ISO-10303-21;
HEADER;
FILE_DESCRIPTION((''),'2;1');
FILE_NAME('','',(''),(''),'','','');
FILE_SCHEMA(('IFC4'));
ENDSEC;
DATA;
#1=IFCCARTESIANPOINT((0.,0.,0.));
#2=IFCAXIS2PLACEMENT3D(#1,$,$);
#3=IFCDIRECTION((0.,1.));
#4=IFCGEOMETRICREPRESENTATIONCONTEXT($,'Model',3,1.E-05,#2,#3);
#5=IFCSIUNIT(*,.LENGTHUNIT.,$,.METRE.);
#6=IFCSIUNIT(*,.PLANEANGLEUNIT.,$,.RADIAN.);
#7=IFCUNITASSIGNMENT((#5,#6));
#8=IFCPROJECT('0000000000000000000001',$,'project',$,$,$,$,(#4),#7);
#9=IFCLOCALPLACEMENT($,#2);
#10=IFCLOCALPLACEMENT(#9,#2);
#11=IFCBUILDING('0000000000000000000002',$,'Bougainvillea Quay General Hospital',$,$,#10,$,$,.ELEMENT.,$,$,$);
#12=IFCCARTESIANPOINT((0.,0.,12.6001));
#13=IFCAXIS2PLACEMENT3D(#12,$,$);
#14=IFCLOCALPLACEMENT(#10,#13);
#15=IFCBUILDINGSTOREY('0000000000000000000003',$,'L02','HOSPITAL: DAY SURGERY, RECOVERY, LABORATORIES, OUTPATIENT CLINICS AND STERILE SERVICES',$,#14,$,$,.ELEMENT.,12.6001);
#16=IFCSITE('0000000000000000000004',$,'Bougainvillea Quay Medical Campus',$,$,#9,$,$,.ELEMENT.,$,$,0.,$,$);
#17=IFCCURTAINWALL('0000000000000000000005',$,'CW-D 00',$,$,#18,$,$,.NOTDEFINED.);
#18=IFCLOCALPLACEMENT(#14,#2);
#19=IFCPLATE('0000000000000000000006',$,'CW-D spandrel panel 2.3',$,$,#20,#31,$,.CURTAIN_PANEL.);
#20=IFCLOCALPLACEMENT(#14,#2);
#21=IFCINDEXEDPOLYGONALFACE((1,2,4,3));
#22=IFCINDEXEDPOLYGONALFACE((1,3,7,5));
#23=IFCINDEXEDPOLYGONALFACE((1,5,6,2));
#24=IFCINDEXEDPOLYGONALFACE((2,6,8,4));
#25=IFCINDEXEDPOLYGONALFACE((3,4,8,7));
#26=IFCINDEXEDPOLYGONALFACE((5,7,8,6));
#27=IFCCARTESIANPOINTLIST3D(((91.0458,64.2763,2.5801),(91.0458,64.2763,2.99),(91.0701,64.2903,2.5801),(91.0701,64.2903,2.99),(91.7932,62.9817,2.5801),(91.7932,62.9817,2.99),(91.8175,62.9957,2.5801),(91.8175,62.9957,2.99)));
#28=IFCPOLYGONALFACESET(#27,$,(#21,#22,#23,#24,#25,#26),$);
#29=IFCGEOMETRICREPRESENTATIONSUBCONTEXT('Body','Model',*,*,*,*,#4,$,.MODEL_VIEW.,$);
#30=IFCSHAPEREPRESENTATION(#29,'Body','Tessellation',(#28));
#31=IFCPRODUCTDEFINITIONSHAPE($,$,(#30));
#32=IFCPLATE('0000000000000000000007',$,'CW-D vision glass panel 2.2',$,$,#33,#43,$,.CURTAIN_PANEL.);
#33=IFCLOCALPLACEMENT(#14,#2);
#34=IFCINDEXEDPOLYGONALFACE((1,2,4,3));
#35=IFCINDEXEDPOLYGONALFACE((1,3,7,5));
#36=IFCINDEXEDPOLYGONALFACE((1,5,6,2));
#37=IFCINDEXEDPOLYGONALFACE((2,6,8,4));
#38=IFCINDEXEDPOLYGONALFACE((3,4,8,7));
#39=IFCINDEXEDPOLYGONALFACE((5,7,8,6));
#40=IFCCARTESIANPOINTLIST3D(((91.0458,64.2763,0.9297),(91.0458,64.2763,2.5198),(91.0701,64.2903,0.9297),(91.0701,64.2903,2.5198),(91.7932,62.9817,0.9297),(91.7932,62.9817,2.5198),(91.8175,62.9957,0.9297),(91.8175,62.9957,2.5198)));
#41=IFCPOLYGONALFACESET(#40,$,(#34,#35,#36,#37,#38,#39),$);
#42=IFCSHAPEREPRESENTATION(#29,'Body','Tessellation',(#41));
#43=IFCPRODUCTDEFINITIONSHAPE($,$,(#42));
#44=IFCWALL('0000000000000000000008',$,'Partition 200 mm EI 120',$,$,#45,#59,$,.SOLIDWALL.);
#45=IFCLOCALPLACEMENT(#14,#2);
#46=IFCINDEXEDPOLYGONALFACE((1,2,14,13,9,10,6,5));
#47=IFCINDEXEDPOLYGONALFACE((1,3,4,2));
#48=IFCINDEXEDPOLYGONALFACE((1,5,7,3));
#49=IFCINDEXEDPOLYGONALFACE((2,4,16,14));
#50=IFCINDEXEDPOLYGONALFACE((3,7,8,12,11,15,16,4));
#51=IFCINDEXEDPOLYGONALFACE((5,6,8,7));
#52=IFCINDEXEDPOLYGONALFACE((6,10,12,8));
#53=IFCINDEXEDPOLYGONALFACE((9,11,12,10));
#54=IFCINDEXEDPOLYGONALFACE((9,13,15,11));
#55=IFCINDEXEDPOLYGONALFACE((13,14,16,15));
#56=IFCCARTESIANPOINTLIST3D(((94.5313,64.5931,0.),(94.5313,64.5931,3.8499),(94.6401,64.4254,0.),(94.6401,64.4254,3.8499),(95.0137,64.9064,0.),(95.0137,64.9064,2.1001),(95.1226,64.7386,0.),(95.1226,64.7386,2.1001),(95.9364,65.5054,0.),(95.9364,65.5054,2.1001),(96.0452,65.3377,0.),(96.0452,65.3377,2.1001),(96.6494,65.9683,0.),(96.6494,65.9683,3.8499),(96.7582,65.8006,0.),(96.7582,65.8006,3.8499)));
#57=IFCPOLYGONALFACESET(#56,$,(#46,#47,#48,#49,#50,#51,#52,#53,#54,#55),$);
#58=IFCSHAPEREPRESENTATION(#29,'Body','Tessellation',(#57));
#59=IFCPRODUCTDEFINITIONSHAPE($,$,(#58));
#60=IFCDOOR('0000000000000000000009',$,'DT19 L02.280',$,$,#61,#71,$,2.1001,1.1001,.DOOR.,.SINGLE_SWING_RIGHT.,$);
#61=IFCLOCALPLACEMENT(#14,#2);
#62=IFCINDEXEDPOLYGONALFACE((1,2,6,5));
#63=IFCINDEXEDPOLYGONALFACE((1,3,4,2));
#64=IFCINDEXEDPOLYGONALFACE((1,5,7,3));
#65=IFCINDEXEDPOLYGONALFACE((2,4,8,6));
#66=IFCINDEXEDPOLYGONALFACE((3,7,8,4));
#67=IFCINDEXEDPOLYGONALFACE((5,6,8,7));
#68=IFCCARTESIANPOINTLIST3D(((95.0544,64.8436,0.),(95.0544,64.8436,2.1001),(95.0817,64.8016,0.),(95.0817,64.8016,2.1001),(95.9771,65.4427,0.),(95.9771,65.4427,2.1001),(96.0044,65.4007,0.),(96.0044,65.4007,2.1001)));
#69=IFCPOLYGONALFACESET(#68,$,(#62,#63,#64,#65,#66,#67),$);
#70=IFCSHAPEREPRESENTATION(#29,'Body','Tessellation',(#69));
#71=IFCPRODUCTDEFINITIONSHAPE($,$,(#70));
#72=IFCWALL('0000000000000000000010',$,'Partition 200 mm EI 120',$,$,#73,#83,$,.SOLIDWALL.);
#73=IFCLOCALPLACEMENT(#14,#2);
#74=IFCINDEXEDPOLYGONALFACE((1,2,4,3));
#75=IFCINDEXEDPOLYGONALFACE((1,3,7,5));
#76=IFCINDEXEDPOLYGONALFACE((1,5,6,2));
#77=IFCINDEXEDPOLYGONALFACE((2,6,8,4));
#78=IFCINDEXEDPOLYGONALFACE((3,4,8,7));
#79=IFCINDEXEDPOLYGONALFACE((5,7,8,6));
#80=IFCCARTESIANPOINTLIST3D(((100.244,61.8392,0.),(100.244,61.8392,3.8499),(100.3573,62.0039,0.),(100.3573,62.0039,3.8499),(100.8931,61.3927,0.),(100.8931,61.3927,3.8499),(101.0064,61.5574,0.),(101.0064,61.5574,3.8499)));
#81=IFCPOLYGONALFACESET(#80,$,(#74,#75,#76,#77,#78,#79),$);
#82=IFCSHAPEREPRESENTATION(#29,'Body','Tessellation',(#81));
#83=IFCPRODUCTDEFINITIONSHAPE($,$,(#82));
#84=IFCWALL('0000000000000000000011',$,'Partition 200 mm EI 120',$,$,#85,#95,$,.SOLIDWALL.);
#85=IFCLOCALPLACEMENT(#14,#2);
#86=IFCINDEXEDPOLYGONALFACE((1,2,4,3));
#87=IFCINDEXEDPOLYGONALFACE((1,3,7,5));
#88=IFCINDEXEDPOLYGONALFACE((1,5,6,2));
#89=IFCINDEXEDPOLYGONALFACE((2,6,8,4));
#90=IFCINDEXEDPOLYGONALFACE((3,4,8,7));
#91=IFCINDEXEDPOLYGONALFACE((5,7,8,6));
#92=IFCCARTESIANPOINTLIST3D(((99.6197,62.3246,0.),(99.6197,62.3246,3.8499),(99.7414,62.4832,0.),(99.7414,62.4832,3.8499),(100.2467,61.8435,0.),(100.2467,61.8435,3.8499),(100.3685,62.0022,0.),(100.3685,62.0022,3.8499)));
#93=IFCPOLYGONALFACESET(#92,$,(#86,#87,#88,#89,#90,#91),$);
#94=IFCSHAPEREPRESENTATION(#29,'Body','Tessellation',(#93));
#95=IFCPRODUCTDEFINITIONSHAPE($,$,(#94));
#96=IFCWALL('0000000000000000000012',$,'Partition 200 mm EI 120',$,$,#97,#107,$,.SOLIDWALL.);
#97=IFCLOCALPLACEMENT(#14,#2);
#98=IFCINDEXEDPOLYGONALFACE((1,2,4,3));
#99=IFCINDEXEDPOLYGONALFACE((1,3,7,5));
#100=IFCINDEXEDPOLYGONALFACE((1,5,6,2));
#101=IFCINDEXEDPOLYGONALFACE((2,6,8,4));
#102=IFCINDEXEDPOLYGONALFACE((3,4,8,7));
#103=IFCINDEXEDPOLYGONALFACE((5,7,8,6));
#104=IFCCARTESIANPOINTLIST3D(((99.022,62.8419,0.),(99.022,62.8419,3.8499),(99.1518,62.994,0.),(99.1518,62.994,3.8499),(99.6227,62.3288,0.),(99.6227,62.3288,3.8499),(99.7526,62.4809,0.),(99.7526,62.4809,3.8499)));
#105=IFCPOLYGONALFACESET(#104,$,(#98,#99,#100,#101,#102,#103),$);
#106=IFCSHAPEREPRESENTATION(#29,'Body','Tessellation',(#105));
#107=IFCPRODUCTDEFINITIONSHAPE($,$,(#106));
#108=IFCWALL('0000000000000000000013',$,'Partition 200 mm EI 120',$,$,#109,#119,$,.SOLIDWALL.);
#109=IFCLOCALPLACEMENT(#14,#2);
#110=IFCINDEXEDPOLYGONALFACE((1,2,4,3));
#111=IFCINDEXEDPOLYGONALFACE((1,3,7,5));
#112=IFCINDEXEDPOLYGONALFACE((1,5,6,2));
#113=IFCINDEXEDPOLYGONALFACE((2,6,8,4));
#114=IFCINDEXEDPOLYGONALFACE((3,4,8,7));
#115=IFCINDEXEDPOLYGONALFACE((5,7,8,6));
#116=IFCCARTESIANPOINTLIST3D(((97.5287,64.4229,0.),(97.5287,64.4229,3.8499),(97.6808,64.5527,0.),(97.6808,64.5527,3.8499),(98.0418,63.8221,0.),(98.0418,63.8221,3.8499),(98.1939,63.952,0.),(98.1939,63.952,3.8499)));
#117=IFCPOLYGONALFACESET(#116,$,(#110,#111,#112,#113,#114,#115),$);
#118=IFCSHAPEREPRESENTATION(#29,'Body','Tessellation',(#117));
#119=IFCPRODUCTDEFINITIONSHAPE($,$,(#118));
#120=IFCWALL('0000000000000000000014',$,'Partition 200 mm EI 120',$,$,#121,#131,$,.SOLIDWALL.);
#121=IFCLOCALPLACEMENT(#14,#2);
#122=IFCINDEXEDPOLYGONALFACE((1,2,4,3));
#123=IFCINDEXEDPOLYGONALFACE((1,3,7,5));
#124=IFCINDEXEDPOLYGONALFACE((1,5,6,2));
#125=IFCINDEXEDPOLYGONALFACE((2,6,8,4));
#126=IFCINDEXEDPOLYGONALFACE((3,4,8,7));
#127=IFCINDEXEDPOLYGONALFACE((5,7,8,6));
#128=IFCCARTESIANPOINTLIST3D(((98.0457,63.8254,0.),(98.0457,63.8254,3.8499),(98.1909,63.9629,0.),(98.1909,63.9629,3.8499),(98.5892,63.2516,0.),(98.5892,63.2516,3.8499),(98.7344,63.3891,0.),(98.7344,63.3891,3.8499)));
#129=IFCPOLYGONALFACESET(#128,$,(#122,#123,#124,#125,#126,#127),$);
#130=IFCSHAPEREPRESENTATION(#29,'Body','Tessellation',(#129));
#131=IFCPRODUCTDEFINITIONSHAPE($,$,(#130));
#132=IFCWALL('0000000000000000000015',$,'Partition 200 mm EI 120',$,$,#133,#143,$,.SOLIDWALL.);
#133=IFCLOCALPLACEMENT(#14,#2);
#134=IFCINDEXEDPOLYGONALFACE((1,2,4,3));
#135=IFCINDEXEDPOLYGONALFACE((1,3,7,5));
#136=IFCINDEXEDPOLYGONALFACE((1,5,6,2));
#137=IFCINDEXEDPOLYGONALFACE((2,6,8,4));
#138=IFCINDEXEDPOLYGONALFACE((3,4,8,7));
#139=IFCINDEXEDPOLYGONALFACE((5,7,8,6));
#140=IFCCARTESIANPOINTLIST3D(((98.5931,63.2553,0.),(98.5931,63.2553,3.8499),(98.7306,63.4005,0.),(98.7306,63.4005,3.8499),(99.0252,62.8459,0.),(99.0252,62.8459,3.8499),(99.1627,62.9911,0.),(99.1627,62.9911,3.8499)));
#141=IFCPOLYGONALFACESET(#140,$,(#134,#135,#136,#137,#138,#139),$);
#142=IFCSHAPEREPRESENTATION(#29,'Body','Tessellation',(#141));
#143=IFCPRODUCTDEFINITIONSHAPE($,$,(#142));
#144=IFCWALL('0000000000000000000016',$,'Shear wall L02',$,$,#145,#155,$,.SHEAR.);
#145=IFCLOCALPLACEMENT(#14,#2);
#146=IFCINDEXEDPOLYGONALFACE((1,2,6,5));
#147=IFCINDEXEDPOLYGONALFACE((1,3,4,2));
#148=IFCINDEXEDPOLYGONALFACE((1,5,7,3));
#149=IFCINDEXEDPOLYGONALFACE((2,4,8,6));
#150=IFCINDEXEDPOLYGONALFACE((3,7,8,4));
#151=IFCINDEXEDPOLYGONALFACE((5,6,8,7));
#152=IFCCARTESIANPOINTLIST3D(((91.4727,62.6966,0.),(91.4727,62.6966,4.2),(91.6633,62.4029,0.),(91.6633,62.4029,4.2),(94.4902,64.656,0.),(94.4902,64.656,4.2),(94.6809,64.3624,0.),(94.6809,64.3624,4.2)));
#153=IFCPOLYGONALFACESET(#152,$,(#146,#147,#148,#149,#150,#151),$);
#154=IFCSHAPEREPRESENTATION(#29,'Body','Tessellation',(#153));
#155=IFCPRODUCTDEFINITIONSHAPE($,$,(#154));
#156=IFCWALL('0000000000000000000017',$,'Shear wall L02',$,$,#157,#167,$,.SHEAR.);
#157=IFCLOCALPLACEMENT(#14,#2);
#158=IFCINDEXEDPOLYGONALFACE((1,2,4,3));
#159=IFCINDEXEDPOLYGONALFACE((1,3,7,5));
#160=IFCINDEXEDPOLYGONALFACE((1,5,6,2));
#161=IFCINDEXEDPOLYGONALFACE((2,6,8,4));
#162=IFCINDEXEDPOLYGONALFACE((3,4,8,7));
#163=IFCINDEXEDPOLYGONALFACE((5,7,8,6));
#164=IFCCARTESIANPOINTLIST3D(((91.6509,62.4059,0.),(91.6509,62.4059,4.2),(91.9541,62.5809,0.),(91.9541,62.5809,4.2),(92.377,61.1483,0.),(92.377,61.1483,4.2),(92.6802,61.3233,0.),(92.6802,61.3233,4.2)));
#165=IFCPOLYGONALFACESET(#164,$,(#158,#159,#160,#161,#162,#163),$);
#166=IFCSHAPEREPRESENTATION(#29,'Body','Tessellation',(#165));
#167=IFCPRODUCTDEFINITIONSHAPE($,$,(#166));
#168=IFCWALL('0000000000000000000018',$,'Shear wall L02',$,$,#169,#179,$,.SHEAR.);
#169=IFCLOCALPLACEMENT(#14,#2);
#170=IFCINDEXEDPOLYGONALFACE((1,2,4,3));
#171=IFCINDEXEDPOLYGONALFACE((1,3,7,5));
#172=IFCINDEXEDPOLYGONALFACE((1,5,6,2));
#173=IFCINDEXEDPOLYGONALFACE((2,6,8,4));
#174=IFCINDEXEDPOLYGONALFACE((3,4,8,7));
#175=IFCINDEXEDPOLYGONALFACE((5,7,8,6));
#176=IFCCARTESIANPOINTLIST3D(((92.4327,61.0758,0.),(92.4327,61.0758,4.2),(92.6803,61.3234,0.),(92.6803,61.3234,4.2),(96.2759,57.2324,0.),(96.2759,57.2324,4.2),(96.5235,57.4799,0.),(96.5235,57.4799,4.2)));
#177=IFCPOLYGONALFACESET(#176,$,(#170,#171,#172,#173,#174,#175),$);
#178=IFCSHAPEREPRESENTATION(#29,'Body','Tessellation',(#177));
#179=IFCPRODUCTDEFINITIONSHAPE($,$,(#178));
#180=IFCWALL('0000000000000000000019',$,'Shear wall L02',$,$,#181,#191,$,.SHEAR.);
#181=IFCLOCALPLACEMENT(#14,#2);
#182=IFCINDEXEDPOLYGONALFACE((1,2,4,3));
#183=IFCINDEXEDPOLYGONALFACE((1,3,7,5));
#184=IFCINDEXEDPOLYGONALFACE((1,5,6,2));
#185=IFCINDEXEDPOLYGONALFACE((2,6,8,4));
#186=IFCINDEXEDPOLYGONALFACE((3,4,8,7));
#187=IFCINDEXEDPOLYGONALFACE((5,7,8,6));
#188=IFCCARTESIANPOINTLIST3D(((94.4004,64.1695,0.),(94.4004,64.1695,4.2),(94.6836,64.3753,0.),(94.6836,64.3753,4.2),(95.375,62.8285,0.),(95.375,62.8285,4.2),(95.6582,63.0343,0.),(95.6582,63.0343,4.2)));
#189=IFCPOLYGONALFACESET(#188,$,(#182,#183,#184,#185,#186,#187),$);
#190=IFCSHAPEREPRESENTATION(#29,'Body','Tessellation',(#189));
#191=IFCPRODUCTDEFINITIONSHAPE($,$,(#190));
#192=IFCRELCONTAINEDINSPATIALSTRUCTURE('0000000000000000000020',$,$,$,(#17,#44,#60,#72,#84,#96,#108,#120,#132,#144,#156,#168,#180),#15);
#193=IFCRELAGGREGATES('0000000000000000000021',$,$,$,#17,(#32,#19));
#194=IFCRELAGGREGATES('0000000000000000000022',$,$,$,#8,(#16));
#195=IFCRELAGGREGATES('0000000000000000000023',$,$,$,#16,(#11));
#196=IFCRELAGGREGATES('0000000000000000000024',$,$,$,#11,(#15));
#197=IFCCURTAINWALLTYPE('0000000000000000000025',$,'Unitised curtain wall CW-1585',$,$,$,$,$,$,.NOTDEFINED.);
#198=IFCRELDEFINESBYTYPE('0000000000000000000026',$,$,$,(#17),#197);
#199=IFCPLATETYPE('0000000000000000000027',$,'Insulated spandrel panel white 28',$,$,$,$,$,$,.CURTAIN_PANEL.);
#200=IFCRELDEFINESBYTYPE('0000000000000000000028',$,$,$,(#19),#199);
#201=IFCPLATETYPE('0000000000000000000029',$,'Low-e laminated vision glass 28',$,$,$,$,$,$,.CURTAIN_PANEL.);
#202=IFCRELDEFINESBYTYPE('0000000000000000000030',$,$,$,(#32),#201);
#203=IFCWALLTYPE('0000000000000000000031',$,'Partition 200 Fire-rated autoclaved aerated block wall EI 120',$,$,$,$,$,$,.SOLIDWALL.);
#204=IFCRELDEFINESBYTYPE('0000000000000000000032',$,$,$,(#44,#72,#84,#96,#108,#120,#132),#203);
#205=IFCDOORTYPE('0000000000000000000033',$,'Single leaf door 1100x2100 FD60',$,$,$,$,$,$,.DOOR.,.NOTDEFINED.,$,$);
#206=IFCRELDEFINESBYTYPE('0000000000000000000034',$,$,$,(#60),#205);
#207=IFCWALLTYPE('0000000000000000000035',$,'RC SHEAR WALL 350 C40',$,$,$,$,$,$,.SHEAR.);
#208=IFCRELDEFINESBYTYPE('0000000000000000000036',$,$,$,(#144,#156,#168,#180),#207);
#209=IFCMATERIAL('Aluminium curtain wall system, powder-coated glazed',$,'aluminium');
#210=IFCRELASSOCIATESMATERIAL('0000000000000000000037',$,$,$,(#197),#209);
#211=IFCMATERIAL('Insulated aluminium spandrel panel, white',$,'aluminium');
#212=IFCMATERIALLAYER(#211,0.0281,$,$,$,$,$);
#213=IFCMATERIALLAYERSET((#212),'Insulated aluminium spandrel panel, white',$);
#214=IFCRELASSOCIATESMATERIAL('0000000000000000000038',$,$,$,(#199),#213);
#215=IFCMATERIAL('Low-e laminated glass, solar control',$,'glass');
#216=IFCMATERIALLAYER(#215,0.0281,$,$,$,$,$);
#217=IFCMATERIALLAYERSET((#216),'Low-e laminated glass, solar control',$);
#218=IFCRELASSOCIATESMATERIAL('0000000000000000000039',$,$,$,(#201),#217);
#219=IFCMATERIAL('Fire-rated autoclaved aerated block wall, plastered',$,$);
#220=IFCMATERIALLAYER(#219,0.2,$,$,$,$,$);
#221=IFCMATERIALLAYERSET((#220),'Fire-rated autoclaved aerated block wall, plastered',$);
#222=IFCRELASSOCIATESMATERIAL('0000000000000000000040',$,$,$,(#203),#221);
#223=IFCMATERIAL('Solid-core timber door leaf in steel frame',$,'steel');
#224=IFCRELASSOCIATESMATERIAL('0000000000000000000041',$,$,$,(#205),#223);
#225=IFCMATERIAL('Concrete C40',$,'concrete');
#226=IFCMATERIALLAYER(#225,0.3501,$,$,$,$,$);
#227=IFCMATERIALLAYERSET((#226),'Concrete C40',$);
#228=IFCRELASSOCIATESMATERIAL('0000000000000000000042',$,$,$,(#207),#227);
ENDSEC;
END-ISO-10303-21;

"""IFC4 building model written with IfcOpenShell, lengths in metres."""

from ifc_helpers import new_model, si_unit, direction, frame, frame_2d, origin, origin_2d, place, context, subcontext, project, spatial, rectangle, extrude, material, layer, layer_set, type_object, element, fill, aggregate, save


model = new_model("IFC4")

# Units and contexts
model_context = context("Model", 3, precision=1e-05, world=origin(), true_north=direction((0.0, 1.0)))
body_context = subcontext(model_context, "Body", "Model", "MODEL_VIEW")
ifc_project = project(units=[si_unit("LENGTHUNIT", "METRE"), si_unit("PLANEANGLEUNIT", "RADIAN")], contexts=[model_context])

# Site, building, storey
site_placement = place(None, origin())
site = spatial("IfcSite", under=ifc_project, at=site_placement, Name="Bougainvillea Quay Medical Campus", CompositionType="ELEMENT", RefElevation=0.0)
building_placement = place(site_placement, origin())
building = spatial("IfcBuilding", under=site, at=building_placement, Name="Bougainvillea Quay General Hospital", CompositionType="ELEMENT")
storey_placement = place(building_placement, frame((0.0, 0.0, 12.6001)))
storey = spatial("IfcBuildingStorey", under=building, at=storey_placement, Name="L02", Description="HOSPITAL: DAY SURGERY, RECOVERY, LABORATORIES, OUTPATIENT CLINICS AND STERILE SERVICES", CompositionType="ELEMENT", Elevation=12.6001)

# Shared definitions
ifc_material_1 = material(Name="Concrete C40", Category="concrete")

# Curtain wall, plates
ifc_material_2 = material(Name="Aluminium curtain wall system, powder-coated glazed", Category="aluminium")
curtain_wall_type = type_object("IfcCurtainWallType", Name="Unitised curtain wall CW-1585", PredefinedType="NOTDEFINED", material=ifc_material_2)
curtain_wall_placement = place(storey_placement, origin())
curtain_wall = element("IfcCurtainWall", 1, at=curtain_wall_placement, inside=storey, type_object=curtain_wall_type, Name="CW-D 00", PredefinedType="NOTDEFINED")
ifc_material_3 = material(Name="Insulated aluminium spandrel panel, white", Category="aluminium")
ifc_layer_1 = layer(ifc_material_3, 0.0281)
ifc_layer_set_1 = layer_set([ifc_layer_1], Name="Insulated aluminium spandrel panel, white")
plate_type_1 = type_object("IfcPlateType", Name="Insulated spandrel panel white 28", PredefinedType="CURTAIN_PANEL", material=ifc_layer_set_1)
plate_1_placement = place(storey_placement, frame((91.4316, 63.636, 2.5801), z_axis=(0.0, 0.0, 1.0), x_axis=(0.499965, -0.866046, 0.0)))
plate_1 = element("IfcPlate", 2, at=plate_1_placement, type_object=plate_type_1, Name="CW-D spandrel panel 2.3", PredefinedType="CURTAIN_PANEL", context=body_context, shape_type="SweptSolid", body=[
    extrude(rectangle(XDim=1.4949, YDim=0.0281, at=origin_2d()), origin(), (0.0, 0.0, 1.0), 0.4099),
])
ifc_material_4 = material(Name="Low-e laminated glass, solar control", Category="glass")
ifc_layer_2 = layer(ifc_material_4, 0.0281)
ifc_layer_set_2 = layer_set([ifc_layer_2], Name="Low-e laminated glass, solar control")
plate_type_2 = type_object("IfcPlateType", Name="Low-e laminated vision glass 28", PredefinedType="CURTAIN_PANEL", material=ifc_layer_set_2)
plate_2_placement = place(storey_placement, frame((91.4316, 63.636, 0.9297), z_axis=(0.0, 0.0, 1.0), x_axis=(0.499965, -0.866046, 0.0)))
plate_2 = element("IfcPlate", 3, at=plate_2_placement, type_object=plate_type_2, Name="CW-D vision glass panel 2.2", PredefinedType="CURTAIN_PANEL", context=body_context, shape_type="SweptSolid", body=[
    extrude(rectangle(XDim=1.4949, YDim=0.0281, at=origin_2d()), origin(), (0.0, 0.0, 1.0), 1.5901),
])
aggregate(curtain_wall, [plate_2, plate_1])

# Wall, opening, door
ifc_material_5 = material(Name="Fire-rated autoclaved aerated block wall, plastered")
ifc_layer_3 = layer(ifc_material_5, 0.2)
ifc_layer_set_3 = layer_set([ifc_layer_3], Name="Fire-rated autoclaved aerated block wall, plastered")
wall_type_1 = type_object("IfcWallType", Name="Partition 200 Fire-rated autoclaved aerated block wall EI 120", PredefinedType="SOLIDWALL", material=ifc_layer_set_3)
wall_1_placement = place(storey_placement, frame((94.5857, 64.5093, 0.0), z_axis=(0.0, 0.0, 1.0), x_axis=(0.838726, 0.544553, 0.0)))
wall_1 = element("IfcWall", 4, at=wall_1_placement, inside=storey, type_object=wall_type_1, Name="Partition 200 mm EI 120", PredefinedType="SOLIDWALL", context=body_context, shape_type="SweptSolid", body=[
    extrude(rectangle(XDim=2.5254, YDim=0.2, at=frame_2d((1.2627, 0.0))), origin(), (0.0, 0.0, 1.0), 3.8499),
])
opening_placement = place(wall_1_placement, frame((0.5752, 0.0, 0.0)))
opening = element("IfcOpeningElement", 5, at=opening_placement, cuts=wall_1, PredefinedType="OPENING", context=body_context, shape_type="SweptSolid", body=[
    extrude(rectangle(XDim=1.1001, YDim=2.1001, at=frame_2d((0.55, 1.05))), frame((0.0, 0.1099, 0.0), z_axis=(0.0, -1.0, 0.0), x_axis=(1.0, 0.0, 0.0)), (0.0, 0.0, 1.0), 0.22),
])
ifc_material_6 = material(Name="Solid-core timber door leaf in steel frame", Category="steel")
door_type = type_object("IfcDoorType", Name="Single leaf door 1100x2100 FD60", OperationType="NOTDEFINED", PredefinedType="DOOR", material=ifc_material_6)
door_placement = place(opening_placement, frame((1.1001, 0.0, 0.0), z_axis=(0.0, 0.0, 1.0), x_axis=(-1.0, 0.0, 0.0)))
door = element("IfcDoor", 6, at=door_placement, inside=storey, type_object=door_type, Name="DT19 L02.280", OperationType="SINGLE_SWING_RIGHT", OverallHeight=2.1001, OverallWidth=1.1001, PredefinedType="DOOR", context=body_context, shape_type="SweptSolid", body=[
    extrude(rectangle(XDim=1.1001, YDim=2.1001, at=frame_2d((0.55, 1.05))), frame((0.0, 0.0249, 0.0), z_axis=(0.0, -1.0, 0.0), x_axis=(1.0, 0.0, 0.0)), (0.0, 0.0, 1.0), 0.05),
])
fill(opening, door)

# Walls
wall_2_placement = place(storey_placement, frame((100.3005, 61.9216, 0.0), z_axis=(0.0, 0.0, 1.0), x_axis=(0.823906, -0.566726, 0.0)))
element("IfcWall", 7, at=wall_2_placement, inside=storey, type_object=wall_type_1, Name="Partition 200 mm EI 120", PredefinedType="SOLIDWALL", context=body_context, shape_type="SweptSolid", body=[
    extrude(rectangle(XDim=0.7878, YDim=0.2, at=frame_2d((0.394, 0.0))), origin(), (0.0, 0.0, 1.0), 3.8499),
])
wall_3_placement = place(storey_placement, frame((99.6807, 62.4038, 0.0), z_axis=(0.0, 0.0, 1.0), x_axis=(0.793427, -0.608665, 0.0)))
element("IfcWall", 8, at=wall_3_placement, inside=storey, type_object=wall_type_1, Name="Partition 200 mm EI 120", PredefinedType="SOLIDWALL", context=body_context, shape_type="SweptSolid", body=[
    extrude(rectangle(XDim=0.7903, YDim=0.2, at=frame_2d((0.395, 0.0))), origin(), (0.0, 0.0, 1.0), 3.8499),
])
for number, where, z_axis, x_axis, name in (
    (9, (99.0869, 62.918, 0.0), (0.0, 0.0, 1.0), (0.76039, -0.649467, 0.0), "Partition 200 mm EI 120"),
    (10, (97.6047, 64.4878, 0.0), (0.0, 0.0, 1.0), (0.649467, -0.76039, 0.0), "Partition 200 mm EI 120"),
):
    element("IfcWall", number, at=place(storey_placement, frame(where, z_axis=z_axis, x_axis=x_axis)), inside=storey, type_object=wall_type_1, Name=name, PredefinedType="SOLIDWALL", context=body_context, shape_type="SweptSolid", body=[
        extrude(rectangle(XDim=0.79, YDim=0.2, at=frame_2d((0.395, 0.0))), origin(), (0.0, 0.0, 1.0), 3.8499),
    ])
wall_4_placement = place(storey_placement, frame((98.1184, 63.894, 0.0), z_axis=(0.0, 0.0, 1.0), x_axis=(0.687693, -0.726001, 0.0)))
element("IfcWall", 11, at=wall_4_placement, inside=storey, type_object=wall_type_1, Name="Partition 200 mm EI 120", PredefinedType="SOLIDWALL", context=body_context, shape_type="SweptSolid", body=[
    extrude(rectangle(XDim=0.7903, YDim=0.2, at=frame_2d((0.395, 0.0))), origin(), (0.0, 0.0, 1.0), 3.8499),
])
wall_5_placement = place(storey_placement, frame((98.6619, 63.3279, 0.0), z_axis=(0.0, 0.0, 1.0), x_axis=(0.72592, -0.687779, 0.0)))
element("IfcWall", 12, at=wall_5_placement, inside=storey, type_object=wall_type_1, Name="Partition 200 mm EI 120", PredefinedType="SOLIDWALL", context=body_context, shape_type="SweptSolid", body=[
    extrude(rectangle(XDim=0.5952, YDim=0.2, at=frame_2d((0.2976, 0.0))), origin(), (0.0, 0.0, 1.0), 3.8499),
])
ifc_layer_4 = layer(ifc_material_1, 0.3501)
ifc_layer_set_4 = layer_set([ifc_layer_4], Name="Concrete C40")
wall_type_2 = type_object("IfcWallType", Name="RC SHEAR WALL 350 C40", PredefinedType="SHEAR", material=ifc_layer_set_4)
wall_6_placement = place(storey_placement, frame((91.5681, 62.5498, 0.0), z_axis=(0.0, 0.0, 1.0), x_axis=(0.838692, 0.544607, 0.0)))
element("IfcWall", 13, at=wall_6_placement, inside=storey, type_object=wall_type_2, Name="Shear wall L02", PredefinedType="SHEAR", context=body_context, shape_type="SweptSolid", body=[
    extrude(rectangle(XDim=3.5979, YDim=0.3501, at=frame_2d((1.7988, 0.0))), origin(), (0.0, 0.0, 1.0), 4.2),
])
wall_7_placement = place(storey_placement, frame((91.8025, 62.4934, 0.0), z_axis=(0.0, 0.0, 1.0), x_axis=(0.500009, -0.86602, 0.0)))
element("IfcWall", 14, at=wall_7_placement, inside=storey, type_object=wall_type_2, Name="Shear wall L02", PredefinedType="SHEAR", context=body_context, shape_type="SweptSolid", body=[
    extrude(rectangle(XDim=1.4521, YDim=0.3501, at=frame_2d((0.7261, 0.0))), origin(), (0.0, 0.0, 1.0), 4.2),
])
wall_8_placement = place(storey_placement, frame((92.5564, 61.1997, 0.0), z_axis=(0.0, 0.0, 1.0), x_axis=(0.707084, -0.707129, 0.0)))
element("IfcWall", 15, at=wall_8_placement, inside=storey, type_object=wall_type_2, Name="Shear wall L02", PredefinedType="SHEAR", context=body_context, shape_type="SweptSolid", body=[
    extrude(rectangle(XDim=5.4353, YDim=0.3501, at=frame_2d((2.7178, 0.0))), origin(), (0.0, 0.0, 1.0), 4.2),
])
wall_9_placement = place(storey_placement, frame((95.5166, 62.9314, 0.0), z_axis=(0.0, 0.0, 1.0), x_axis=(-0.587891, 0.80894, 0.0)))
element("IfcWall", 16, at=wall_9_placement, inside=storey, type_object=wall_type_2, Name="Shear wall L02", PredefinedType="SHEAR", context=body_context, shape_type="SweptSolid", body=[
    extrude(rectangle(XDim=1.6577, YDim=0.3501, at=frame_2d((0.8289, 0.0))), origin(), (0.0, 0.0, 1.0), 4.2),
])

save(model, "model.ifc")
